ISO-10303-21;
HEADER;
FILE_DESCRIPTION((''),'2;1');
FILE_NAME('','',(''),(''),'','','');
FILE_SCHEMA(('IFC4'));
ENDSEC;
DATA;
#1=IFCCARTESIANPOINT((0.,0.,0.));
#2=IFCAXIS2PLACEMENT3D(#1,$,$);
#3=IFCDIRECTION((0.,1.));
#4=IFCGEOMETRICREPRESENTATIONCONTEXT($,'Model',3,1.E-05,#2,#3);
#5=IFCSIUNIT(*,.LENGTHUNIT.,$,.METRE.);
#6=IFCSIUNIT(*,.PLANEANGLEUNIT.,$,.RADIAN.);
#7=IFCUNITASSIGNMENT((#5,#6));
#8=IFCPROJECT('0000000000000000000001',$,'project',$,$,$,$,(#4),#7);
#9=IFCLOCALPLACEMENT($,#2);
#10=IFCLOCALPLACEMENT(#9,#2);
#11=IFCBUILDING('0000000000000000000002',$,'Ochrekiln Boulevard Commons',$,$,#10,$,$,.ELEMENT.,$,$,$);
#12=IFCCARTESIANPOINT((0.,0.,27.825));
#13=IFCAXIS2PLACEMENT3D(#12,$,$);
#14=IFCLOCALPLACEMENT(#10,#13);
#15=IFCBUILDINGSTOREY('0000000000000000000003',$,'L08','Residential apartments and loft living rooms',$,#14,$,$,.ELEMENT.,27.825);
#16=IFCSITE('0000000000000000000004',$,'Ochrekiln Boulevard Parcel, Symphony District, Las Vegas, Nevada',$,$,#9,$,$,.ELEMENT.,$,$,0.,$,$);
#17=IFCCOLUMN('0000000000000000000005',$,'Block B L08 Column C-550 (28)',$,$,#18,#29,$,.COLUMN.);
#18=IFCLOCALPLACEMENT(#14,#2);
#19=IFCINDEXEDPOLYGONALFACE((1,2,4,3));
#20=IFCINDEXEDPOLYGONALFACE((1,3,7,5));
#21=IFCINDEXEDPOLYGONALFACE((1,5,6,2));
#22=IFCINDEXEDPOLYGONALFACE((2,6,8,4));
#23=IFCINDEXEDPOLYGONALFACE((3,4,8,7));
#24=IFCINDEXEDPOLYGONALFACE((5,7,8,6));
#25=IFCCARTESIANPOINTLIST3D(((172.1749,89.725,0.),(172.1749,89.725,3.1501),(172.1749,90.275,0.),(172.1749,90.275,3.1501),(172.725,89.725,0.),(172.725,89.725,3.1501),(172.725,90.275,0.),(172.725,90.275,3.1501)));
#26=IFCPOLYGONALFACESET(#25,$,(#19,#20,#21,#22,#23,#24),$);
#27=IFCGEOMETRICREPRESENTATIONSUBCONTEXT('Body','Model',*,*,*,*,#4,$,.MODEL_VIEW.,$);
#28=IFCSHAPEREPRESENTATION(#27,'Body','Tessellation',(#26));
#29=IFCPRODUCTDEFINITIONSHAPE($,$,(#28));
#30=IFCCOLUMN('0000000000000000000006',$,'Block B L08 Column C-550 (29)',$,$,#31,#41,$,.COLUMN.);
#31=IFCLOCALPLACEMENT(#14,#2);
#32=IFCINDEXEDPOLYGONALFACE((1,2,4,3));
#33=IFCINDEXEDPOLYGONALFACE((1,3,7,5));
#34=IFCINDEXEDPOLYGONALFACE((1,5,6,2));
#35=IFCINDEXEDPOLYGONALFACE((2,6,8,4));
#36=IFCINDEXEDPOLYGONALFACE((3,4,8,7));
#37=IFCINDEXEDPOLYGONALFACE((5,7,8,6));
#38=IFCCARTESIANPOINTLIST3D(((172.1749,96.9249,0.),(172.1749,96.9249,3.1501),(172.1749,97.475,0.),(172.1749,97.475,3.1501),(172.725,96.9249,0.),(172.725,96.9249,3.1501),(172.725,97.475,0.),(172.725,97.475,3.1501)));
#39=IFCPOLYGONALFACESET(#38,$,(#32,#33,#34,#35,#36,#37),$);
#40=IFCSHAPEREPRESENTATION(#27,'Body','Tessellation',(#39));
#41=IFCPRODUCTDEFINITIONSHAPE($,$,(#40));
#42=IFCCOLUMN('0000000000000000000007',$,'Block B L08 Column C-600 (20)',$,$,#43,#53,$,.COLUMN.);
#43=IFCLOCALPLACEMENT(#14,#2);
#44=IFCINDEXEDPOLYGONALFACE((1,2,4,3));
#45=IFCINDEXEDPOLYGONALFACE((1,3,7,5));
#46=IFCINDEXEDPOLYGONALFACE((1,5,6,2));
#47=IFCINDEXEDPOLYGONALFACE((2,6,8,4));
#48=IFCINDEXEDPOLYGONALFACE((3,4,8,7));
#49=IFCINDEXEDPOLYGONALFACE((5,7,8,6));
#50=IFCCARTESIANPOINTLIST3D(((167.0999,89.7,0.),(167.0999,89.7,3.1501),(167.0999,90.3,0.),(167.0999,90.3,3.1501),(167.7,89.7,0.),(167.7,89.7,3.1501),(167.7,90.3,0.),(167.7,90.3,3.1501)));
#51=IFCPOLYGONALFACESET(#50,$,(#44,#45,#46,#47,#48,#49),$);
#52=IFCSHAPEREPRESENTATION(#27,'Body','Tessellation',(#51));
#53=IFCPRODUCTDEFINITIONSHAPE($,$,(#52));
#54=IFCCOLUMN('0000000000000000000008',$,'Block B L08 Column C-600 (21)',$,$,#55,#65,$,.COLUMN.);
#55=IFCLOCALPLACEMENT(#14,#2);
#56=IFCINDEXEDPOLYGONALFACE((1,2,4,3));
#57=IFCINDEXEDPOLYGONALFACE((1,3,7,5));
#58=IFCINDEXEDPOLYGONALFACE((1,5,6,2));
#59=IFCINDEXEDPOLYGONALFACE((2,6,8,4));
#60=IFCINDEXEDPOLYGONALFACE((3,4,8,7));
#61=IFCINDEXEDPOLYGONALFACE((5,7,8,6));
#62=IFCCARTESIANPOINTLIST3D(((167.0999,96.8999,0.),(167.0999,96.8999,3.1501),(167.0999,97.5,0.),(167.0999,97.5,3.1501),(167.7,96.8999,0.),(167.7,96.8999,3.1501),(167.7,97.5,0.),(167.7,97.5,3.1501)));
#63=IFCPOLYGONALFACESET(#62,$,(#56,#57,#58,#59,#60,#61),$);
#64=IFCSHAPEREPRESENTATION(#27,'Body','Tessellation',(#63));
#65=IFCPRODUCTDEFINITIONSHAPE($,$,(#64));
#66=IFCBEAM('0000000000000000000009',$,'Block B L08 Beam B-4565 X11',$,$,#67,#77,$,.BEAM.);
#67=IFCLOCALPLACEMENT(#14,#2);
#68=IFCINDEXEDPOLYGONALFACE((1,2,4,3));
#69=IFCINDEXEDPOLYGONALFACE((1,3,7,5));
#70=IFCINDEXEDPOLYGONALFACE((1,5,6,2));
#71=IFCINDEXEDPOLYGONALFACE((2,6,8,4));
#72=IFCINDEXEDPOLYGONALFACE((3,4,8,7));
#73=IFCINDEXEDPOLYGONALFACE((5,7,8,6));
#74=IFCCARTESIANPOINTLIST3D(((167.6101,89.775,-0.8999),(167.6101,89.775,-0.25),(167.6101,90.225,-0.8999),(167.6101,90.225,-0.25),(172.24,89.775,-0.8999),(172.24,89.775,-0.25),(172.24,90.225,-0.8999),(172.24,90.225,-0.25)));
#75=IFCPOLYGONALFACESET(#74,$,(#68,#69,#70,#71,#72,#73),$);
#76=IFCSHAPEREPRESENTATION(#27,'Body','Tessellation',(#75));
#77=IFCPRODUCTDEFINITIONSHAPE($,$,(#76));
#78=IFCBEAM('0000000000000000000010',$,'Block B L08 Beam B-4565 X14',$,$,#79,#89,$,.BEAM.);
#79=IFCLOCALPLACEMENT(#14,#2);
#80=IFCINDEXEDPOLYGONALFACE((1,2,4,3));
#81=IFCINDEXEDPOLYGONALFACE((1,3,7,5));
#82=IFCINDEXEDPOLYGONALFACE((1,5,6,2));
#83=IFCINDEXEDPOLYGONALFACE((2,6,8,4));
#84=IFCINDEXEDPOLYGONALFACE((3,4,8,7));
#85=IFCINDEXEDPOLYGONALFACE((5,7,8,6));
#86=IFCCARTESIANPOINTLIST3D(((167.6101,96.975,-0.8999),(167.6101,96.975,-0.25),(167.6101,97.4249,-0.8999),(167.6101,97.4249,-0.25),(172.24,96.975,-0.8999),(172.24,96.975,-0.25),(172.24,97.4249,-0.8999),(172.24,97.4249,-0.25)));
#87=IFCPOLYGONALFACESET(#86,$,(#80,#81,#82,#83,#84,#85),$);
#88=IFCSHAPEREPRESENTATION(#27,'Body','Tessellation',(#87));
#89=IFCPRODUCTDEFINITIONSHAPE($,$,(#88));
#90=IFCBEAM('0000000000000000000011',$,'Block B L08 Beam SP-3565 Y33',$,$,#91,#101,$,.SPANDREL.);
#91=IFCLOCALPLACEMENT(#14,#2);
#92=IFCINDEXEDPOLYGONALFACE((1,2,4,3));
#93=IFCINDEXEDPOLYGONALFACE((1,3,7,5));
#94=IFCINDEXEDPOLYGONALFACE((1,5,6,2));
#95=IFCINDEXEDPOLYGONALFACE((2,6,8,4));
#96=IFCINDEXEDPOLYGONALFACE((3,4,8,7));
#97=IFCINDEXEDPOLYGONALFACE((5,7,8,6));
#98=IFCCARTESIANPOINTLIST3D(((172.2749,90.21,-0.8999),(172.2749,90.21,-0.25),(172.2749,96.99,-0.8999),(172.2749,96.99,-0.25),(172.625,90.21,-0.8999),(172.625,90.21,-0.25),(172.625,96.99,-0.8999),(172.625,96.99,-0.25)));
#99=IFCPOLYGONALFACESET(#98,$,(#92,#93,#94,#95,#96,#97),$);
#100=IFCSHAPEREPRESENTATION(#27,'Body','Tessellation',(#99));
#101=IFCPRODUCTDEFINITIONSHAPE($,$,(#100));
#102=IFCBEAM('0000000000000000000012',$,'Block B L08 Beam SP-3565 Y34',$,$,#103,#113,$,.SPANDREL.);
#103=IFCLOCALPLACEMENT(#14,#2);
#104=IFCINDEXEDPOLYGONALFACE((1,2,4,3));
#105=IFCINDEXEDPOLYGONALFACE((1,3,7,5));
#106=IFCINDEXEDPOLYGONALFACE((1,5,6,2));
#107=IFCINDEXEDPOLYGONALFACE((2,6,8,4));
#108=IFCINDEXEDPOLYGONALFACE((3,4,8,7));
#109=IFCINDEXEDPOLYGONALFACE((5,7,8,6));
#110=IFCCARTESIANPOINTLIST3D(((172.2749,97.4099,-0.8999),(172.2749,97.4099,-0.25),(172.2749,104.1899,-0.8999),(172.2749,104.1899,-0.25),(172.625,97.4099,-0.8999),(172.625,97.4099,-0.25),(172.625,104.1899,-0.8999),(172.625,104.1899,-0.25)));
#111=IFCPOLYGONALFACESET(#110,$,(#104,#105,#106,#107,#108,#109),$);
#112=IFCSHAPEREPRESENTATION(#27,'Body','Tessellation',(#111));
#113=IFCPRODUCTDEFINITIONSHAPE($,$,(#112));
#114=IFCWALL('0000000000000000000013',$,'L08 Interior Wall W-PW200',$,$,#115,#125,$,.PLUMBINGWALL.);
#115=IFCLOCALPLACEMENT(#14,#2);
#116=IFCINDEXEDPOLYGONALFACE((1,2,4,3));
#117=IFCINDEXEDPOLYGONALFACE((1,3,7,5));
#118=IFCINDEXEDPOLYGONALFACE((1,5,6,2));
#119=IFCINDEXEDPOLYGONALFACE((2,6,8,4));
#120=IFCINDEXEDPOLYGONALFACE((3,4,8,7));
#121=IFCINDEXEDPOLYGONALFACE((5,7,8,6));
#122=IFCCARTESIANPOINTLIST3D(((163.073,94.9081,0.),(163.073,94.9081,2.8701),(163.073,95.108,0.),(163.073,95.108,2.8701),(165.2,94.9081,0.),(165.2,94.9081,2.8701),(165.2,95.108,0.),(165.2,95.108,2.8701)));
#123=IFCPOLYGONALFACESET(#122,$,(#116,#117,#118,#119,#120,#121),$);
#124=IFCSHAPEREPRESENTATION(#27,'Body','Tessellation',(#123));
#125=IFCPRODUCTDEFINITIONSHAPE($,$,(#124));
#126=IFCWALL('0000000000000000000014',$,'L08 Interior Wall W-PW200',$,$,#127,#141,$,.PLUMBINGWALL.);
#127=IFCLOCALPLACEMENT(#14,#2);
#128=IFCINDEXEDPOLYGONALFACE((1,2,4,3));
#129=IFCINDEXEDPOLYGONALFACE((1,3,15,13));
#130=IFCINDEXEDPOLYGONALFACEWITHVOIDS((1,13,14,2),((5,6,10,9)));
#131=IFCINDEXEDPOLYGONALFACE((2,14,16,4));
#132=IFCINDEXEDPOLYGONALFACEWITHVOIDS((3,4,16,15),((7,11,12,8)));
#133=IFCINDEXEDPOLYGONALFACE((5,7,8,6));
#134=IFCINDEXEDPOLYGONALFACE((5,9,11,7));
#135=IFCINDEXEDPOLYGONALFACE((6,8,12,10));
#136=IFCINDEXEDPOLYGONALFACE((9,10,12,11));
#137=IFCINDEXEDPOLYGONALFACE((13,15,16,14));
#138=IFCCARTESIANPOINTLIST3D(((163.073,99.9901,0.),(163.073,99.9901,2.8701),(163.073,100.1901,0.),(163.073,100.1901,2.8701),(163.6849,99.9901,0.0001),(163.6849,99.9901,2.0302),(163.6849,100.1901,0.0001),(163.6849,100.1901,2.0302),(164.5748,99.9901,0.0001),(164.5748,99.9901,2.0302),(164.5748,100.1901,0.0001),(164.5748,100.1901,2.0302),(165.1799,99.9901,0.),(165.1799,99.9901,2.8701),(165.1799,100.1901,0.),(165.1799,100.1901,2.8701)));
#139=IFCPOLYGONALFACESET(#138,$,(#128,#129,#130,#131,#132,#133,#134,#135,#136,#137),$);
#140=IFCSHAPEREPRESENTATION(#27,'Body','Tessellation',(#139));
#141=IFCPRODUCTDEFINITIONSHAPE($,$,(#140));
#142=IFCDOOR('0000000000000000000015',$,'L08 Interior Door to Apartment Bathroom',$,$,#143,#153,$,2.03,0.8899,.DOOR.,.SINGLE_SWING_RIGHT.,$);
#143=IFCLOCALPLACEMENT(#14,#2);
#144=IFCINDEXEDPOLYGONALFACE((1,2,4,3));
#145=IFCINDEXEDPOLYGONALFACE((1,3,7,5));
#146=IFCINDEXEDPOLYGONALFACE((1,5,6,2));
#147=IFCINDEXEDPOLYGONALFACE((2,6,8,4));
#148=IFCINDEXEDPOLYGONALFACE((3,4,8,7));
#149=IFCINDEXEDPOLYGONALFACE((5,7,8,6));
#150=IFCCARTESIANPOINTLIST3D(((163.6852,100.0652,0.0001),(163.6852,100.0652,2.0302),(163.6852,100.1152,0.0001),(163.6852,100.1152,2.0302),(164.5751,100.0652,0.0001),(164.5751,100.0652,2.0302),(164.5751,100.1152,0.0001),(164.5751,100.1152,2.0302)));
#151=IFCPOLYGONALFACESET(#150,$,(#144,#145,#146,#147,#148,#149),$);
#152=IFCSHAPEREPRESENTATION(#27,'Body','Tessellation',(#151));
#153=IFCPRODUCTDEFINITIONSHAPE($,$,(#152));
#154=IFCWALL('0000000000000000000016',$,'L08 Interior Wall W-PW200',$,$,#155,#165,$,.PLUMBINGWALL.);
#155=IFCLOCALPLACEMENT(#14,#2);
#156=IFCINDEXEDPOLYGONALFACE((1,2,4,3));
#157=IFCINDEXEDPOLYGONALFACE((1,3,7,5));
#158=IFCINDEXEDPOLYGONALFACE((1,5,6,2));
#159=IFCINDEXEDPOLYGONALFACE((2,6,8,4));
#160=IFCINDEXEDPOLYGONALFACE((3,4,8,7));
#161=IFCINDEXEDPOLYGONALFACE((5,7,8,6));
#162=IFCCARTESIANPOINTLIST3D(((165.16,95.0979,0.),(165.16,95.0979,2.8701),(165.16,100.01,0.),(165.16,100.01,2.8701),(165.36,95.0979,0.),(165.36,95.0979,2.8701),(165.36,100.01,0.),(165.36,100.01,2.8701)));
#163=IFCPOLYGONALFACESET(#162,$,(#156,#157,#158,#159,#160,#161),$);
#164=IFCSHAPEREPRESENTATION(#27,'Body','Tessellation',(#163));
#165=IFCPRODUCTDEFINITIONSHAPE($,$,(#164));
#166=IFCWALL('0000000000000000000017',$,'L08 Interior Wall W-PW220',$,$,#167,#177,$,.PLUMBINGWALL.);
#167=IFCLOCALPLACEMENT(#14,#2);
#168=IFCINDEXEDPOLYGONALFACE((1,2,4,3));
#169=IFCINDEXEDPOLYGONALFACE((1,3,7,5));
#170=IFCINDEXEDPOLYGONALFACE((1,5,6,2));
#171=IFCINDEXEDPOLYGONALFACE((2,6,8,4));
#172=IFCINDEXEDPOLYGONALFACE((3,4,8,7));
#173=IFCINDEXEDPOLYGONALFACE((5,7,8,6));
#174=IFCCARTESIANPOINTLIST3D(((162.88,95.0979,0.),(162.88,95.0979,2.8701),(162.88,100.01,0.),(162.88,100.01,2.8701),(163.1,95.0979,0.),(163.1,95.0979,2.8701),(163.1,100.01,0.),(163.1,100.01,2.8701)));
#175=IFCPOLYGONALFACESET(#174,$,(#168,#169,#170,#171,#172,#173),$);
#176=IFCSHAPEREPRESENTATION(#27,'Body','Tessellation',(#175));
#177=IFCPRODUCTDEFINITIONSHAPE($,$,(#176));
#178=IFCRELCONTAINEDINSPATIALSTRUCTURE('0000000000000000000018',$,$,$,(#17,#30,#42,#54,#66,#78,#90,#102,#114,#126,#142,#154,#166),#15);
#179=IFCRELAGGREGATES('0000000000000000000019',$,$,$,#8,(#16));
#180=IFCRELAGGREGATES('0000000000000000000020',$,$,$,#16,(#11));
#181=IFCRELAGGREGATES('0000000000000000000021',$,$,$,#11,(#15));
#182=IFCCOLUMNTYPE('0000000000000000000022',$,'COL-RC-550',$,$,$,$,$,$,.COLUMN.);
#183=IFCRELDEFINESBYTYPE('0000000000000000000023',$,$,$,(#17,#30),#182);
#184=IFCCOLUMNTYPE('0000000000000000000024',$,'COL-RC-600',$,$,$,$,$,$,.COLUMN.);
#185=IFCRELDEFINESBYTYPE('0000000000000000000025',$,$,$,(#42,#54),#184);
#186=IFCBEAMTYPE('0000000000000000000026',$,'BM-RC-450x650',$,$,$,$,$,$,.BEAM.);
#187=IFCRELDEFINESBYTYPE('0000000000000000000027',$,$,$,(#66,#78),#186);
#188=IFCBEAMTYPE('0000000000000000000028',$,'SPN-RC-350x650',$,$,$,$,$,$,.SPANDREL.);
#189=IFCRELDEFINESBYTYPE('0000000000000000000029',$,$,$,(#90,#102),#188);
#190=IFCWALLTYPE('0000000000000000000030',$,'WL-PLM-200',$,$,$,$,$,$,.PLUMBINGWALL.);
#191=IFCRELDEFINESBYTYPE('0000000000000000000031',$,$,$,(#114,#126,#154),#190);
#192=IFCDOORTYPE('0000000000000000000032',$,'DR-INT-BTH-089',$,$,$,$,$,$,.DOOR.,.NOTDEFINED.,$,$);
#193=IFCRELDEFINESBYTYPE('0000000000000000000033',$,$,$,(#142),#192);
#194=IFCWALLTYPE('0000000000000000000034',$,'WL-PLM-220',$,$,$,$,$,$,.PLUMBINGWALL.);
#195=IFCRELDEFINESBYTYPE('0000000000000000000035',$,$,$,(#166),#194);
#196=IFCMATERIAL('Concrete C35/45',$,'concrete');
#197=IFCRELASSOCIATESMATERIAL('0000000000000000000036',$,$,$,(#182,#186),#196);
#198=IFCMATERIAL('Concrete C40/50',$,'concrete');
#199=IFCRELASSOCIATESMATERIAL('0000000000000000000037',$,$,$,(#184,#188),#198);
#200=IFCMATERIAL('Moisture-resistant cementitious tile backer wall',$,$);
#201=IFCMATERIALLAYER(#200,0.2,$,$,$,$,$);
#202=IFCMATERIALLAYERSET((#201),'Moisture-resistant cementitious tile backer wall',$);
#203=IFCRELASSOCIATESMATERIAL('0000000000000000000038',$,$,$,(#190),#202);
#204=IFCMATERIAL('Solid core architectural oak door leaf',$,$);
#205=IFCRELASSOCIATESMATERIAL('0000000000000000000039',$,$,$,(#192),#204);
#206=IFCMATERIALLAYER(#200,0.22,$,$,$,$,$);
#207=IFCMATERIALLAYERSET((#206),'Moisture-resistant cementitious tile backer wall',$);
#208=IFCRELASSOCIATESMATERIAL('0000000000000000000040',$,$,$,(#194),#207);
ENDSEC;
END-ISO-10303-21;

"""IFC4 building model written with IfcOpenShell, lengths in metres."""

from ifc_helpers import new_model, si_unit, direction, frame, frame_2d, origin, origin_2d, place, context, subcontext, project, spatial, rectangle, extrude, material, layer, layer_set, material_profile, profile_set, type_object, element, fill, save


model = new_model("IFC4")

# Units and contexts
model_context = context("Model", 3, precision=1e-05, world=origin(), true_north=direction((0.0, 1.0)))
body_context = subcontext(model_context, "Body", "Model", "MODEL_VIEW")
ifc_project = project(units=[si_unit("LENGTHUNIT", "METRE"), si_unit("PLANEANGLEUNIT", "RADIAN")], contexts=[model_context])

# Site, building, storey
site_placement = place(None, origin())
site = spatial("IfcSite", under=ifc_project, at=site_placement, Name="Ochrekiln Boulevard Parcel, Symphony District, Las Vegas, Nevada", CompositionType="ELEMENT", RefElevation=0.0)
building_placement = place(site_placement, origin())
building = spatial("IfcBuilding", under=site, at=building_placement, Name="Ochrekiln Boulevard Commons", CompositionType="ELEMENT")
storey_placement = place(building_placement, frame((0.0, 0.0, 27.825)))
storey = spatial("IfcBuildingStorey", under=building, at=storey_placement, Name="L08", Description="Residential apartments and loft living rooms", CompositionType="ELEMENT", Elevation=27.825)

# Columns
ifc_material_1 = material(Name="Concrete C35/45", Category="concrete")
ifc_material_profile_1 = material_profile(ifc_material_1, rectangle(XDim=0.55, YDim=0.55, at=origin_2d()), Name="RC-COL-550x550")
ifc_profile_set_1 = profile_set([ifc_material_profile_1], Name="Concrete C35/45")
column_type_1 = type_object("IfcColumnType", Name="COL-RC-550", PredefinedType="COLUMN", material=ifc_profile_set_1)
for number, where, z_axis, x_axis, name in (
    (1, (172.45, 90.0, 0.0), (0.0, 0.0, 1.0), (1.0, 0.0, 0.0), "Block B L08 Column C-550 (28)"),
    (2, (172.45, 97.2, 0.0), (0.0, 0.0, 1.0), (1.0, 0.0, 0.0), "Block B L08 Column C-550 (29)"),
):
    element("IfcColumn", number, at=place(storey_placement, frame(where, z_axis=z_axis, x_axis=x_axis)), inside=storey, type_object=column_type_1, Name=name, PredefinedType="COLUMN", context=body_context, shape_type="SweptSolid", body=[
        extrude(rectangle(XDim=0.55, YDim=0.55, at=origin_2d()), origin(), (0.0, 0.0, 1.0), 3.1501),
    ])
ifc_material_2 = material(Name="Concrete C40/50", Category="concrete")
ifc_material_profile_2 = material_profile(ifc_material_2, rectangle(XDim=0.6001, YDim=0.6001, at=origin_2d()), Name="RC-COL-600x600")
ifc_profile_set_2 = profile_set([ifc_material_profile_2], Name="Concrete C40/50")
column_type_2 = type_object("IfcColumnType", Name="COL-RC-600", PredefinedType="COLUMN", material=ifc_profile_set_2)
for number, where, z_axis, x_axis, name in (
    (3, (167.3999, 90.0, 0.0), (0.0, 0.0, 1.0), (1.0, 0.0, 0.0), "Block B L08 Column C-600 (20)"),
    (4, (167.3999, 97.2, 0.0), (0.0, 0.0, 1.0), (1.0, 0.0, 0.0), "Block B L08 Column C-600 (21)"),
):
    element("IfcColumn", number, at=place(storey_placement, frame(where, z_axis=z_axis, x_axis=x_axis)), inside=storey, type_object=column_type_2, Name=name, PredefinedType="COLUMN", context=body_context, shape_type="SweptSolid", body=[
        extrude(rectangle(XDim=0.6001, YDim=0.6001, at=origin_2d()), origin(), (0.0, 0.0, 1.0), 3.1501),
    ])

# Beams
ifc_material_profile_3 = material_profile(ifc_material_1, rectangle(XDim=0.45, YDim=0.6499, at=origin_2d()), Name="RC-BM-450x650")
ifc_profile_set_3 = profile_set([ifc_material_profile_3], Name="Concrete C35/45")
beam_type_1 = type_object("IfcBeamType", Name="BM-RC-450x650", PredefinedType="BEAM", material=ifc_profile_set_3)
for number, where, z_axis, x_axis, name in (
    (5, (167.6101, 90.0, -0.575), (1.0, 0.0, 0.0), (0.0, 1.0, 0.0), "Block B L08 Beam B-4565 X11"),
    (6, (167.6101, 97.2, -0.575), (1.0, 0.0, 0.0), (0.0, 1.0, 0.0), "Block B L08 Beam B-4565 X14"),
):
    element("IfcBeam", number, at=place(storey_placement, frame(where, z_axis=z_axis, x_axis=x_axis)), inside=storey, type_object=beam_type_1, Name=name, PredefinedType="BEAM", context=body_context, shape_type="SweptSolid", body=[
        extrude(rectangle(XDim=0.45, YDim=0.6499, at=origin_2d()), origin(), (0.0, 0.0, 1.0), 4.6299),
    ])
ifc_material_profile_4 = material_profile(ifc_material_2, rectangle(XDim=0.3501, YDim=0.6499, at=origin_2d()), Name="RC-SPN-350x650")
ifc_profile_set_4 = profile_set([ifc_material_profile_4], Name="Concrete C40/50")
beam_type_2 = type_object("IfcBeamType", Name="SPN-RC-350x650", PredefinedType="SPANDREL", material=ifc_profile_set_4)
for number, where, z_axis, x_axis, name in (
    (7, (172.45, 90.21, -0.575), (0.0, 1.0, 0.0), (-1.0, 0.0, 0.0), "Block B L08 Beam SP-3565 Y33"),
    (8, (172.45, 97.4099, -0.575), (0.0, 1.0, 0.0), (-1.0, 0.0, 0.0), "Block B L08 Beam SP-3565 Y34"),
):
    element("IfcBeam", number, at=place(storey_placement, frame(where, z_axis=z_axis, x_axis=x_axis)), inside=storey, type_object=beam_type_2, Name=name, PredefinedType="SPANDREL", context=body_context, shape_type="SweptSolid", body=[
        extrude(rectangle(XDim=0.3501, YDim=0.6499, at=origin_2d()), origin(), (0.0, 0.0, 1.0), 6.78),
    ])

# Wall
ifc_material_3 = material(Name="Moisture-resistant cementitious tile backer wall")
ifc_layer_1 = layer(ifc_material_3, 0.2)
ifc_layer_set_1 = layer_set([ifc_layer_1], Name="Moisture-resistant cementitious tile backer wall")
wall_type_1 = type_object("IfcWallType", Name="WL-PLM-200", PredefinedType="PLUMBINGWALL", material=ifc_layer_set_1)
wall_1_placement = place(storey_placement, frame((163.073, 95.0081, 0.0), z_axis=(0.0, 0.0, 1.0), x_axis=(1.0, 0.0, 0.0)))
element("IfcWall", 9, at=wall_1_placement, inside=storey, type_object=wall_type_1, Name="L08 Interior Wall W-PW200", PredefinedType="PLUMBINGWALL", context=body_context, shape_type="SweptSolid", body=[
    extrude(rectangle(XDim=2.127, YDim=0.2, at=frame_2d((1.0635, 0.0))), origin(), (0.0, 0.0, 1.0), 2.8701),
])

# Wall, opening, door
wall_2_placement = place(storey_placement, frame((163.073, 100.0901, 0.0), z_axis=(0.0, 0.0, 1.0), x_axis=(1.0, 0.0, 0.0)))
wall_2 = element("IfcWall", 10, at=wall_2_placement, inside=storey, type_object=wall_type_1, Name="L08 Interior Wall W-PW200", PredefinedType="PLUMBINGWALL", context=body_context, shape_type="SweptSolid", body=[
    extrude(rectangle(XDim=2.1069, YDim=0.2, at=frame_2d((1.0535, 0.0))), origin(), (0.0, 0.0, 1.0), 2.8701),
])
opening_1_placement = place(wall_2_placement, frame((0.6121, 0.0, 0.0)))
opening_1 = element("IfcOpeningElement", 11, at=opening_1_placement, cuts=wall_2, PredefinedType="OPENING", context=body_context, shape_type="SweptSolid", body=[
    extrude(rectangle(XDim=0.8899, YDim=2.03, at=frame_2d((0.4448, 1.0151))), frame((0.0, 0.1099, 0.0), z_axis=(0.0, -1.0, 0.0), x_axis=(1.0, 0.0, 0.0)), (0.0, 0.0, 1.0), 0.22),
])
ifc_material_4 = material(Name="Solid core architectural oak door leaf")
door_type_1 = type_object("IfcDoorType", Name="DR-INT-BTH-089", OperationType="NOTDEFINED", PredefinedType="DOOR", material=ifc_material_4)
door_1_placement = place(opening_1_placement, frame((0.8899, 0.0, 0.0), z_axis=(0.0, 0.0, 1.0), x_axis=(-1.0, 0.0, 0.0)))
door_1 = element("IfcDoor", 12, at=door_1_placement, inside=storey, type_object=door_type_1, Name="L08 Interior Door to Apartment Bathroom", OperationType="SINGLE_SWING_RIGHT", OverallHeight=2.03, OverallWidth=0.8899, PredefinedType="DOOR", context=body_context, shape_type="SweptSolid", body=[
    extrude(rectangle(XDim=0.8899, YDim=2.03, at=frame_2d((0.4448, 1.0151))), frame((0.0, 0.0249, 0.0), z_axis=(0.0, -1.0, 0.0), x_axis=(1.0, 0.0, 0.0)), (0.0, 0.0, 1.0), 0.05),
])
fill(opening_1, door_1)

# Walls
wall_3_placement = place(storey_placement, frame((165.26, 95.0979, 0.0), z_axis=(0.0, 0.0, 1.0), x_axis=(0.0, 1.0, 0.0)))
element("IfcWall", 13, at=wall_3_placement, inside=storey, type_object=wall_type_1, Name="L08 Interior Wall W-PW200", PredefinedType="PLUMBINGWALL", context=body_context, shape_type="SweptSolid", body=[
    extrude(rectangle(XDim=4.9121, YDim=0.2, at=frame_2d((2.4561, 0.0))), origin(), (0.0, 0.0, 1.0), 2.8701),
])
ifc_layer_2 = layer(ifc_material_3, 0.22)
ifc_layer_set_2 = layer_set([ifc_layer_2], Name="Moisture-resistant cementitious tile backer wall")
wall_type_2 = type_object("IfcWallType", Name="WL-PLM-220", PredefinedType="PLUMBINGWALL", material=ifc_layer_set_2)
wall_4_placement = place(storey_placement, frame((162.99, 95.0979, 0.0), z_axis=(0.0, 0.0, 1.0), x_axis=(0.0, 1.0, 0.0)))
element("IfcWall", 14, at=wall_4_placement, inside=storey, type_object=wall_type_2, Name="L08 Interior Wall W-PW220", PredefinedType="PLUMBINGWALL", context=body_context, shape_type="SweptSolid", body=[
    extrude(rectangle(XDim=4.9121, YDim=0.22, at=frame_2d((2.4561, 0.0))), origin(), (0.0, 0.0, 1.0), 2.8701),
])

save(model, "model.ifc")
